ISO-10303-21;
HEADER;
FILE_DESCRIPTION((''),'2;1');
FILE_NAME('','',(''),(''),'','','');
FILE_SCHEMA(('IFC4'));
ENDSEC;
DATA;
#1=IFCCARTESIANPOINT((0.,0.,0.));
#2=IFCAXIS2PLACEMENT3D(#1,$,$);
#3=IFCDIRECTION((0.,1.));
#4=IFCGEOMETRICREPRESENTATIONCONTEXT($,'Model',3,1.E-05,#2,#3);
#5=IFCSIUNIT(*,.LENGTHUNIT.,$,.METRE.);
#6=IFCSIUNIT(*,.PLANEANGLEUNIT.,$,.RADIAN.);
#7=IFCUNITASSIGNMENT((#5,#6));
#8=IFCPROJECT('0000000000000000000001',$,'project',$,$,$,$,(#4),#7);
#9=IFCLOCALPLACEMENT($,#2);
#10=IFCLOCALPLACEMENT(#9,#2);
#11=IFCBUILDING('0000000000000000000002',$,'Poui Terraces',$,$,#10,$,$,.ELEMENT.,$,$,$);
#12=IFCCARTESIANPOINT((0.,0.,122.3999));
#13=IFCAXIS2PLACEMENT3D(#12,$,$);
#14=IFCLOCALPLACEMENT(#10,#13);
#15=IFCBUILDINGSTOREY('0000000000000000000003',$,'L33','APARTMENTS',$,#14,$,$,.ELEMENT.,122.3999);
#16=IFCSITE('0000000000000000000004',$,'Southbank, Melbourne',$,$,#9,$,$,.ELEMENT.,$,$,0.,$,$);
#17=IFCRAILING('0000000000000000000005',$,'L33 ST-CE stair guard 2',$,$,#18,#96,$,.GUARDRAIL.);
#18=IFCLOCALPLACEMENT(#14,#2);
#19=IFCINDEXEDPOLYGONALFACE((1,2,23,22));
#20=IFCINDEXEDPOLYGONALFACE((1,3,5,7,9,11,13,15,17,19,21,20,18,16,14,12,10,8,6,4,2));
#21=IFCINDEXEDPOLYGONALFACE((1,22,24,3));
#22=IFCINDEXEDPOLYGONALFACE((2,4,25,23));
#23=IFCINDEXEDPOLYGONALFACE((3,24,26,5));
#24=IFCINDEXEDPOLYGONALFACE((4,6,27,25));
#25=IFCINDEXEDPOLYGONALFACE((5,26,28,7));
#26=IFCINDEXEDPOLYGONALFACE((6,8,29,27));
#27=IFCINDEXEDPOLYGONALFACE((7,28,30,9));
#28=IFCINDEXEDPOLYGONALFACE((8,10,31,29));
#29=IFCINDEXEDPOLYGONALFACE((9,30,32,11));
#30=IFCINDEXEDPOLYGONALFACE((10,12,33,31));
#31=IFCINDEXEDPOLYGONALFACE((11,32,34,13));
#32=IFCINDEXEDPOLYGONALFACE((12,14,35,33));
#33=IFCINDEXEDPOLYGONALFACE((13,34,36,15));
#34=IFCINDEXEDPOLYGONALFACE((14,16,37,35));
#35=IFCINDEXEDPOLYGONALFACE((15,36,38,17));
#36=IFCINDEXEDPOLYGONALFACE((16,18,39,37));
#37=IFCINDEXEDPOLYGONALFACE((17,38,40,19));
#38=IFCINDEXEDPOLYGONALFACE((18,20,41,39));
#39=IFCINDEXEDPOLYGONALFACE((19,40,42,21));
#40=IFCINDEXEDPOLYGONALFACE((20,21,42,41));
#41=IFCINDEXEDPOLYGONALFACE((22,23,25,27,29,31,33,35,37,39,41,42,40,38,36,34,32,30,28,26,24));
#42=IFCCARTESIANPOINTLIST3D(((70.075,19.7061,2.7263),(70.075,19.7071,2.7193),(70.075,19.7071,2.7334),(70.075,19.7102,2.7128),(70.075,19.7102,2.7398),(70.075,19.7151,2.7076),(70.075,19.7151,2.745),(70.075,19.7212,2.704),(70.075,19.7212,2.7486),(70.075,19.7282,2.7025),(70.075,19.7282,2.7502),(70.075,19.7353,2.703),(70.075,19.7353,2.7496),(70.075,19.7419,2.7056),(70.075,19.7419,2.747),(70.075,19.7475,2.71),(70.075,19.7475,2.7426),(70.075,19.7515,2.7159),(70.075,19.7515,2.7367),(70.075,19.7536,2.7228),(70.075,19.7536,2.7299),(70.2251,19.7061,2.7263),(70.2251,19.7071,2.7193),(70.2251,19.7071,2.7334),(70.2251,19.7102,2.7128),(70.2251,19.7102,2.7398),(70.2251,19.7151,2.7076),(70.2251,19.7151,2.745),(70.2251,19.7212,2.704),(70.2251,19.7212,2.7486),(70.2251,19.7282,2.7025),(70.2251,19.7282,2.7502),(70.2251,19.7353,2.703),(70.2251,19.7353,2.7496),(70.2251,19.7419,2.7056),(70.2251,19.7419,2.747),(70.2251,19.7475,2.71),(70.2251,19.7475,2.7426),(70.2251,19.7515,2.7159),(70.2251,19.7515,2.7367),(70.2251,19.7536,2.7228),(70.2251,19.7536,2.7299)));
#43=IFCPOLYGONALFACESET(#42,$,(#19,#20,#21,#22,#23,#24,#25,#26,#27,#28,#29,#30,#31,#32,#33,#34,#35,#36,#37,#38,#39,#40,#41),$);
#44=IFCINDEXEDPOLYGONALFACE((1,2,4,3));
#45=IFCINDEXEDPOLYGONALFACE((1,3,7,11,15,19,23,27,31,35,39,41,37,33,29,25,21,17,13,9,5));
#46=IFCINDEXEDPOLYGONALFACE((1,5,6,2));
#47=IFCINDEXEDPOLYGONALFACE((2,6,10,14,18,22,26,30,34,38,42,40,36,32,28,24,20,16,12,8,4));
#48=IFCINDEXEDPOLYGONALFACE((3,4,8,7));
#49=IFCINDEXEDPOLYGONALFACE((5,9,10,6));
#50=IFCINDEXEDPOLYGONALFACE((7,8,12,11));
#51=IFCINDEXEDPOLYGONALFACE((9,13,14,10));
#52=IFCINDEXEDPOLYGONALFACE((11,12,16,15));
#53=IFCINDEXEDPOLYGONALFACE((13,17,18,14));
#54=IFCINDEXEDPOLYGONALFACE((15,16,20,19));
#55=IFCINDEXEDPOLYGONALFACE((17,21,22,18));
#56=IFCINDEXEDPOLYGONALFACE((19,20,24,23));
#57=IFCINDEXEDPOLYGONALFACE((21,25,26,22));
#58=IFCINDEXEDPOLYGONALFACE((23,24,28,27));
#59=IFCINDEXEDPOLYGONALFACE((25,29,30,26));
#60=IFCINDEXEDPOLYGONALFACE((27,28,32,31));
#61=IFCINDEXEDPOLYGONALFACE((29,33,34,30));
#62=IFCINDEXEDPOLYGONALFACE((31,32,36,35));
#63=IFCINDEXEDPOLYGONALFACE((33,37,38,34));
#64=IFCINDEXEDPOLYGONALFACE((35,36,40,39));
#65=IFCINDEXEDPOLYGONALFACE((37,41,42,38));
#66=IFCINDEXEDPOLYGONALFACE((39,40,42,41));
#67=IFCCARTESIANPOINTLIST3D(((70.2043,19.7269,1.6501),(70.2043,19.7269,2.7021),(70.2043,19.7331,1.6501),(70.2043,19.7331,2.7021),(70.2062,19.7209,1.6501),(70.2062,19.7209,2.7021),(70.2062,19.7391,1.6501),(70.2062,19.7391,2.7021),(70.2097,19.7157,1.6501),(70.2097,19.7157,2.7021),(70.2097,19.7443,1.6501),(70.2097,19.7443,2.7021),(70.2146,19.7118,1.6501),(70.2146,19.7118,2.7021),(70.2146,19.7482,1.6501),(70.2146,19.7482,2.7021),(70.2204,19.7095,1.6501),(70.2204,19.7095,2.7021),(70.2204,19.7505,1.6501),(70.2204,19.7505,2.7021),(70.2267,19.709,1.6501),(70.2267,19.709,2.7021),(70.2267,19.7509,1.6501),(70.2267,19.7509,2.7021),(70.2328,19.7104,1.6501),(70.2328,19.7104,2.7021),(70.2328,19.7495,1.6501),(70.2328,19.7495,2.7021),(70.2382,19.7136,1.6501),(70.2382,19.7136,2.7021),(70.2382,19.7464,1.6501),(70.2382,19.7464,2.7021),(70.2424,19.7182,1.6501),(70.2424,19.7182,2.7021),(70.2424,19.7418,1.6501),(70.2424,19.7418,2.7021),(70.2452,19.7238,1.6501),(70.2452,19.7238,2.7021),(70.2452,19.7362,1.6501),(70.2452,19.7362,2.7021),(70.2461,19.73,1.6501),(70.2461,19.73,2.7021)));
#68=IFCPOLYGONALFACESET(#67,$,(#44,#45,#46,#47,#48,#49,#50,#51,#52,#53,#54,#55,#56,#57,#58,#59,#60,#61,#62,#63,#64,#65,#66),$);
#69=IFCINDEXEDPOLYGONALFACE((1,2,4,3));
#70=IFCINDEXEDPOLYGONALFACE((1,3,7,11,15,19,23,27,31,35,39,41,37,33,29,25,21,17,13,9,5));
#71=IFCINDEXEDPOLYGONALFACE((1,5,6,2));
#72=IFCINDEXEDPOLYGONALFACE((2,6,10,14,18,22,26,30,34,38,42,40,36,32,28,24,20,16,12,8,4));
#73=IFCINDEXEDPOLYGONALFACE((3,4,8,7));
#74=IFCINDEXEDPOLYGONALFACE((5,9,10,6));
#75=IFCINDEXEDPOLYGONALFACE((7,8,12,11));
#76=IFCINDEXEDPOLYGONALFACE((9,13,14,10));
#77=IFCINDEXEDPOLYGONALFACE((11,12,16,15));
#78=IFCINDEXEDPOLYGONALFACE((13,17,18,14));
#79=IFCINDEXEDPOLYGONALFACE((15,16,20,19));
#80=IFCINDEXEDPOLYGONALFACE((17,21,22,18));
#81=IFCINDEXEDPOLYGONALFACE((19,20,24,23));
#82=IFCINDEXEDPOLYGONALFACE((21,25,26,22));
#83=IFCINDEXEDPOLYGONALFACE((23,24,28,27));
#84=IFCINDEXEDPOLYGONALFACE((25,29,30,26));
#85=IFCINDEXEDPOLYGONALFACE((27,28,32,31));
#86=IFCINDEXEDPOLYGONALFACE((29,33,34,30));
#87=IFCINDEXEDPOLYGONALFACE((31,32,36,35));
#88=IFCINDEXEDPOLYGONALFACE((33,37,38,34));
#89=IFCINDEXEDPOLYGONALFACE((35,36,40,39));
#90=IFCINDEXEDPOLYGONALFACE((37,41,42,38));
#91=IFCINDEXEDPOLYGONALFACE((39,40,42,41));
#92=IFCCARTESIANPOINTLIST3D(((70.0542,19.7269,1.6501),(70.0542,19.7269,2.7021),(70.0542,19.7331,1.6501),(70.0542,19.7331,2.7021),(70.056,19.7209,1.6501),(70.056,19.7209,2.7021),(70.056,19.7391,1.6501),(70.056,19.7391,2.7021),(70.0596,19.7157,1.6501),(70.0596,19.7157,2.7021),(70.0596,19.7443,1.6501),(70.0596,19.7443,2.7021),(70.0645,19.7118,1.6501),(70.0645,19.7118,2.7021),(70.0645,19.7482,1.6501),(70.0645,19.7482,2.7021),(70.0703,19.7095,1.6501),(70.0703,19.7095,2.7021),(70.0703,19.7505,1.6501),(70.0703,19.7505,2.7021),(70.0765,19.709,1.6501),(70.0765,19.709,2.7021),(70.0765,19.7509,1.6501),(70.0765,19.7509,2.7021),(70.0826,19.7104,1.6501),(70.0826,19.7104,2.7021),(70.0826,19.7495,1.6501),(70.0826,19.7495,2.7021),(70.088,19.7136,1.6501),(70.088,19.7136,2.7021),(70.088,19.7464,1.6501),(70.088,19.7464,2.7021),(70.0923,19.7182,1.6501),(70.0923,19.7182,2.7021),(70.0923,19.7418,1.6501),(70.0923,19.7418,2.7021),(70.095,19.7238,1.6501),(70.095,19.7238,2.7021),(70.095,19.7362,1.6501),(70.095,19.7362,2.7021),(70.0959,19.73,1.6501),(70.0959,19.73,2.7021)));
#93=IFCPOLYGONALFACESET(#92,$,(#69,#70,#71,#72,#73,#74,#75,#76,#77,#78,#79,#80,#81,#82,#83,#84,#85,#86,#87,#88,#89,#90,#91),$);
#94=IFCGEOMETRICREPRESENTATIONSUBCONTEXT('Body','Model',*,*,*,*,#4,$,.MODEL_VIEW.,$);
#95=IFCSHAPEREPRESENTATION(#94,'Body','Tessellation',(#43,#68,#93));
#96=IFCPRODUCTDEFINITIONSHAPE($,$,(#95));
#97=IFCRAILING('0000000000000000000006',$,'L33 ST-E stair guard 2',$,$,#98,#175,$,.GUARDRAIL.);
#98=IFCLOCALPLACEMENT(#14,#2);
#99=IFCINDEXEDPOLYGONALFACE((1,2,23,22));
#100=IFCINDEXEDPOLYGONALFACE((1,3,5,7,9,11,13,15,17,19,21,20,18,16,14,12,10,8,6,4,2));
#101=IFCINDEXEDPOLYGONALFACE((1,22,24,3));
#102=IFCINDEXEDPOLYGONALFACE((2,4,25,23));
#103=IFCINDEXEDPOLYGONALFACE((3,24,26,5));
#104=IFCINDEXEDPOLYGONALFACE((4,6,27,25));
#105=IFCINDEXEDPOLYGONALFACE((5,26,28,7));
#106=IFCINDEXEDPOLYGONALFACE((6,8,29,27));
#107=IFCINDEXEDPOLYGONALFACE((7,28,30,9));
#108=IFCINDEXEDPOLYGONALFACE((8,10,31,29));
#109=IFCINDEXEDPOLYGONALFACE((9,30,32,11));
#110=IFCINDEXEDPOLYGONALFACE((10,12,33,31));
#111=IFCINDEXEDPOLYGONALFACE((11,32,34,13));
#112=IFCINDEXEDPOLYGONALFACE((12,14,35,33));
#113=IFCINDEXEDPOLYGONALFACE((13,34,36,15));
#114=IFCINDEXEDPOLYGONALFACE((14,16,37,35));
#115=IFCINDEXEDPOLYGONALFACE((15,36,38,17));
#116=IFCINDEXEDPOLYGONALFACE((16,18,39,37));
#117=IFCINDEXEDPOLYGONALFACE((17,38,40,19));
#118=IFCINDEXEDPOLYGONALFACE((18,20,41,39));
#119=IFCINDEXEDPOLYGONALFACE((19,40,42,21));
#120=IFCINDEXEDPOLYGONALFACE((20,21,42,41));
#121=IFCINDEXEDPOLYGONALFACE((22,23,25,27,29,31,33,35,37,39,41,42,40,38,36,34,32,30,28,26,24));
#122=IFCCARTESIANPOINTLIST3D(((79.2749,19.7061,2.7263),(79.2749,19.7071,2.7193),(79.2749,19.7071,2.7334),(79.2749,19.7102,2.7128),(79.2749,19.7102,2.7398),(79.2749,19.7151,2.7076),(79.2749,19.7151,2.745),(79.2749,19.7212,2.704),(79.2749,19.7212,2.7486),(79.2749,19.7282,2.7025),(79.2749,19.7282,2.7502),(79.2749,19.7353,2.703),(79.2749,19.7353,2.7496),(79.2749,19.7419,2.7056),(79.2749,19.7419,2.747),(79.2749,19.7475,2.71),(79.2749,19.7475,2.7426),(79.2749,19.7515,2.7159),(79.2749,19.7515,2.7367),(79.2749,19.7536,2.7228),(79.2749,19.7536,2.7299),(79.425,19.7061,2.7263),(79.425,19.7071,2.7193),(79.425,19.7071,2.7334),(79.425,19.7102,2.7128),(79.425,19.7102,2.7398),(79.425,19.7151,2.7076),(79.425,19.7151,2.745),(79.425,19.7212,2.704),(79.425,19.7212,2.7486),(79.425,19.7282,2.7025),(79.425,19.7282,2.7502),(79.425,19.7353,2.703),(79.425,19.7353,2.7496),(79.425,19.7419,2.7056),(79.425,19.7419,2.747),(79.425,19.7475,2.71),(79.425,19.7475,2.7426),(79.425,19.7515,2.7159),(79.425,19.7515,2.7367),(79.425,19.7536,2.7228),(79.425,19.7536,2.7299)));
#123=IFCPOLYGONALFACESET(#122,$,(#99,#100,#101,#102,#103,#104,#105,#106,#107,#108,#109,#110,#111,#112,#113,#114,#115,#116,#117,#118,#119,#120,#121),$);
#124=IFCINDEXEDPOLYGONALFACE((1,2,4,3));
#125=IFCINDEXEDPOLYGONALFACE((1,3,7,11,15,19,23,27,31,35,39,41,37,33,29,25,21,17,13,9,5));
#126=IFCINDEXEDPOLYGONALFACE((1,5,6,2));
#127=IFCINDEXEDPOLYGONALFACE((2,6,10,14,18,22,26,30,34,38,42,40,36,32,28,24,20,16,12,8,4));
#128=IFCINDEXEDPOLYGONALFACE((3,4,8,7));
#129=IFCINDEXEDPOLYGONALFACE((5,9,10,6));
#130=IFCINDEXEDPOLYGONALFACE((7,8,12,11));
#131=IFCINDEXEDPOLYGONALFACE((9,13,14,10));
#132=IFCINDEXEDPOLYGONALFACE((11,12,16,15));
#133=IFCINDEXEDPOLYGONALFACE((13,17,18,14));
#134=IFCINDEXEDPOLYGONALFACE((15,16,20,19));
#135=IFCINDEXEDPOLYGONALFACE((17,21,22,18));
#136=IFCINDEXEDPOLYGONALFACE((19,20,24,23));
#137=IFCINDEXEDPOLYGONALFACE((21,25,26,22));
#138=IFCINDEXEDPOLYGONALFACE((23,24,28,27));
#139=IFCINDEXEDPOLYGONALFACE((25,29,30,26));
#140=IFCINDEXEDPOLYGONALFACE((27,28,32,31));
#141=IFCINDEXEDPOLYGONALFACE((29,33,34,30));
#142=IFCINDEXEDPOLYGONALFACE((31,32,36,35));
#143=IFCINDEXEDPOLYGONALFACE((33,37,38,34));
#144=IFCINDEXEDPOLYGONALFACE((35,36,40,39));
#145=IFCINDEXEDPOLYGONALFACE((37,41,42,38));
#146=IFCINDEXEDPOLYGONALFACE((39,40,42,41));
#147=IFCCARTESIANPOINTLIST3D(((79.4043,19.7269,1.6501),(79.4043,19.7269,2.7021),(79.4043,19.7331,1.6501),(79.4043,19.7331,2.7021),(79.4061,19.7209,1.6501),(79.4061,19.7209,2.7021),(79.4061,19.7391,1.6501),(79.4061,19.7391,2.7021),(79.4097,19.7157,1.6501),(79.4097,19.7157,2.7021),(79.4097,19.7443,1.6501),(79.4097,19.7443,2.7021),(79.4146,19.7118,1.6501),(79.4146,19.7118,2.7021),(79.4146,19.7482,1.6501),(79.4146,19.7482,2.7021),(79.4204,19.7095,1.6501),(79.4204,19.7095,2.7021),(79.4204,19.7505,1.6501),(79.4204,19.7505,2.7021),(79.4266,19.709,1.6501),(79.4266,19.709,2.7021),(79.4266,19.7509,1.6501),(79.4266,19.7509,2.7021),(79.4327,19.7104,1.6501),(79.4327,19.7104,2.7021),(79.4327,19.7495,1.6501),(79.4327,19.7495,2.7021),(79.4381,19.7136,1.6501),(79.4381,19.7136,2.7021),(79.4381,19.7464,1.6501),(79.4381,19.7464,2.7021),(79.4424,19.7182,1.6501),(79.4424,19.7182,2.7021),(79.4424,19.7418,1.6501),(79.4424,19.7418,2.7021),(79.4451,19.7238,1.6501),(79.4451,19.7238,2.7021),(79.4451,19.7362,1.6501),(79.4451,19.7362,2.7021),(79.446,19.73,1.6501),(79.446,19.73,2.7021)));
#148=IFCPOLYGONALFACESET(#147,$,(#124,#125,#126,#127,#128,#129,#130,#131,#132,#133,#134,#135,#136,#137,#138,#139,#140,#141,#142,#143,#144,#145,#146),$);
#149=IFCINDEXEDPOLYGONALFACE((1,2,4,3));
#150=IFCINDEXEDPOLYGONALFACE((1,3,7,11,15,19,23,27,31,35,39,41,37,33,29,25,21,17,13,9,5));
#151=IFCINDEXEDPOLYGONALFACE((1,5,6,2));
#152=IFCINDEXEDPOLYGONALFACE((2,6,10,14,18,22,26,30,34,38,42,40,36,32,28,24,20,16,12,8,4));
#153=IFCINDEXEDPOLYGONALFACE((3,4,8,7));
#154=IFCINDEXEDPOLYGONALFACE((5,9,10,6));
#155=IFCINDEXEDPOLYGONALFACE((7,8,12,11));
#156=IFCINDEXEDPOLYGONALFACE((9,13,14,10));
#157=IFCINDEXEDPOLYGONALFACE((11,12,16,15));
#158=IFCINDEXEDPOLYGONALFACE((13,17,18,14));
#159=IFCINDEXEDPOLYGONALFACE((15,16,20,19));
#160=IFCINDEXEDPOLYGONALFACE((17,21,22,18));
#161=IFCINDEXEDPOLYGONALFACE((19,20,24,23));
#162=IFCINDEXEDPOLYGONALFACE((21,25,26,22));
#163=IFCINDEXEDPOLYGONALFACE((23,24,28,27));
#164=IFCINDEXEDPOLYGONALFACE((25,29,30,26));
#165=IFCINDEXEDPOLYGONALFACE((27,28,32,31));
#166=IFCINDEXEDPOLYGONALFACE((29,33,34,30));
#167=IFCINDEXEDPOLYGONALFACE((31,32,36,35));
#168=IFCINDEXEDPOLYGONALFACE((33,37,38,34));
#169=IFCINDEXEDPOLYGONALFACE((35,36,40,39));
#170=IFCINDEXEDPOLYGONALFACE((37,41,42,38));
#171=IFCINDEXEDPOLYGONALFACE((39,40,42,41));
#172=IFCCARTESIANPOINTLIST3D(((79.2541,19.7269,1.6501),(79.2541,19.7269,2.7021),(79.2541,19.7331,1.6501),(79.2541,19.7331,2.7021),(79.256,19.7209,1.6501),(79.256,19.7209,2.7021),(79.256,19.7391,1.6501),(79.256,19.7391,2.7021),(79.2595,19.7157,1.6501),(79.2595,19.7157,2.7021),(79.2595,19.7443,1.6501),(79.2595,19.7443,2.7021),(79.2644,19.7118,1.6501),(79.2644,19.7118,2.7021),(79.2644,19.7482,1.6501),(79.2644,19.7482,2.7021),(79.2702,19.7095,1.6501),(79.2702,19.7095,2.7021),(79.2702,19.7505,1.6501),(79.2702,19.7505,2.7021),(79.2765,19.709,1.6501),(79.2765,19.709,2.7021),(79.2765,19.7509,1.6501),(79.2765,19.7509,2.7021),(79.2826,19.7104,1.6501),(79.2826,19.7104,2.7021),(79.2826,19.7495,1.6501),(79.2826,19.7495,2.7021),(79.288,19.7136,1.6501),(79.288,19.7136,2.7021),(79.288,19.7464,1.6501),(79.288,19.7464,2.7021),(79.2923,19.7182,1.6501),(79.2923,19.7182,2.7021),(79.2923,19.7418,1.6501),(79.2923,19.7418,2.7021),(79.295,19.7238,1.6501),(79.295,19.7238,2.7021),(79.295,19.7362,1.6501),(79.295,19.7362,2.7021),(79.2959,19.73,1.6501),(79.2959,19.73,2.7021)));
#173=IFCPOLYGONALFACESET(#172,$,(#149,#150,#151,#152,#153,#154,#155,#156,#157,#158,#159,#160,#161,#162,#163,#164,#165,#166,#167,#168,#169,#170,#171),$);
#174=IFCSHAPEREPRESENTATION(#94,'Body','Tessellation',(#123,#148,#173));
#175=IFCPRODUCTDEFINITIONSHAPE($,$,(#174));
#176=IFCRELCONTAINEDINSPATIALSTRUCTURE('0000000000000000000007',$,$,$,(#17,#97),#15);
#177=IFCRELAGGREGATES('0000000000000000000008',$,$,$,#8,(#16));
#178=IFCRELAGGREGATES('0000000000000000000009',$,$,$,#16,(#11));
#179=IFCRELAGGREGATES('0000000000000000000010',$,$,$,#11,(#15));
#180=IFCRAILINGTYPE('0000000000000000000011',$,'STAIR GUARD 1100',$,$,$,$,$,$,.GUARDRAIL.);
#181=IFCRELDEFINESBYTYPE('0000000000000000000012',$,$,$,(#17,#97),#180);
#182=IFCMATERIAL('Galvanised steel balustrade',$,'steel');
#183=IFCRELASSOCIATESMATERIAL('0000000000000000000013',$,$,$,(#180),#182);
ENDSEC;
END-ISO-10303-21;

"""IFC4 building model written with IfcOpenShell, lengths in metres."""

from ifc_helpers import new_model, si_unit, direction, frame, origin, origin_2d, place, context, subcontext, project, spatial, circle, extrude, material, type_object, element, save


model = new_model("IFC4")

# Units and contexts
model_context = context("Model", 3, precision=1e-05, world=origin(), true_north=direction((0.0, 1.0)))
body_context = subcontext(model_context, "Body", "Model", "MODEL_VIEW")
ifc_project = project(units=[si_unit("LENGTHUNIT", "METRE"), si_unit("PLANEANGLEUNIT", "RADIAN")], contexts=[model_context])

# Site, building, storey
site_placement = place(None, origin())
site = spatial("IfcSite", under=ifc_project, at=site_placement, Name="Southbank, Melbourne", CompositionType="ELEMENT", RefElevation=0.0)
building_placement = place(site_placement, origin())
building = spatial("IfcBuilding", under=site, at=building_placement, Name="Poui Terraces", CompositionType="ELEMENT")
storey_placement = place(building_placement, frame((0.0, 0.0, 122.3999)))
storey = spatial("IfcBuildingStorey", under=building, at=storey_placement, Name="L33", Description="APARTMENTS", CompositionType="ELEMENT", Elevation=122.3999)

# Railings
ifc_material_1 = material(Name="Galvanised steel balustrade", Category="steel")
railing_type_1 = type_object("IfcRailingType", Name="STAIR GUARD 1100", PredefinedType="GUARDRAIL", material=ifc_material_1)
for number, where, name in (
    (1, (70.2251, 19.73, 1.6501), "L33 ST-CE stair guard 2"),
    (2, (79.425, 19.73, 1.6501), "L33 ST-E stair guard 2"),
):
    element("IfcRailing", number, at=place(storey_placement, frame(where)), inside=storey, type_object=railing_type_1, Name=name, PredefinedType="GUARDRAIL", context=body_context, shape_type="SweptSolid", body=[
        extrude(circle(Radius=0.0239, at=origin_2d()), frame((0.0, 0.0, 1.0762), z_axis=(-1.0, 0.0, 0.0), x_axis=(0.0, -1.0, 0.0)), (0.0, 0.0, 1.0), 0.1501),
        extrude(circle(Radius=0.021, at=origin_2d()), origin(), (0.0, 0.0, 1.0), 1.052),
        extrude(circle(Radius=0.021, at=origin_2d()), frame((-0.1501, 0.0, 0.0)), (0.0, 0.0, 1.0), 1.052),
    ])

save(model, "model.ifc")
